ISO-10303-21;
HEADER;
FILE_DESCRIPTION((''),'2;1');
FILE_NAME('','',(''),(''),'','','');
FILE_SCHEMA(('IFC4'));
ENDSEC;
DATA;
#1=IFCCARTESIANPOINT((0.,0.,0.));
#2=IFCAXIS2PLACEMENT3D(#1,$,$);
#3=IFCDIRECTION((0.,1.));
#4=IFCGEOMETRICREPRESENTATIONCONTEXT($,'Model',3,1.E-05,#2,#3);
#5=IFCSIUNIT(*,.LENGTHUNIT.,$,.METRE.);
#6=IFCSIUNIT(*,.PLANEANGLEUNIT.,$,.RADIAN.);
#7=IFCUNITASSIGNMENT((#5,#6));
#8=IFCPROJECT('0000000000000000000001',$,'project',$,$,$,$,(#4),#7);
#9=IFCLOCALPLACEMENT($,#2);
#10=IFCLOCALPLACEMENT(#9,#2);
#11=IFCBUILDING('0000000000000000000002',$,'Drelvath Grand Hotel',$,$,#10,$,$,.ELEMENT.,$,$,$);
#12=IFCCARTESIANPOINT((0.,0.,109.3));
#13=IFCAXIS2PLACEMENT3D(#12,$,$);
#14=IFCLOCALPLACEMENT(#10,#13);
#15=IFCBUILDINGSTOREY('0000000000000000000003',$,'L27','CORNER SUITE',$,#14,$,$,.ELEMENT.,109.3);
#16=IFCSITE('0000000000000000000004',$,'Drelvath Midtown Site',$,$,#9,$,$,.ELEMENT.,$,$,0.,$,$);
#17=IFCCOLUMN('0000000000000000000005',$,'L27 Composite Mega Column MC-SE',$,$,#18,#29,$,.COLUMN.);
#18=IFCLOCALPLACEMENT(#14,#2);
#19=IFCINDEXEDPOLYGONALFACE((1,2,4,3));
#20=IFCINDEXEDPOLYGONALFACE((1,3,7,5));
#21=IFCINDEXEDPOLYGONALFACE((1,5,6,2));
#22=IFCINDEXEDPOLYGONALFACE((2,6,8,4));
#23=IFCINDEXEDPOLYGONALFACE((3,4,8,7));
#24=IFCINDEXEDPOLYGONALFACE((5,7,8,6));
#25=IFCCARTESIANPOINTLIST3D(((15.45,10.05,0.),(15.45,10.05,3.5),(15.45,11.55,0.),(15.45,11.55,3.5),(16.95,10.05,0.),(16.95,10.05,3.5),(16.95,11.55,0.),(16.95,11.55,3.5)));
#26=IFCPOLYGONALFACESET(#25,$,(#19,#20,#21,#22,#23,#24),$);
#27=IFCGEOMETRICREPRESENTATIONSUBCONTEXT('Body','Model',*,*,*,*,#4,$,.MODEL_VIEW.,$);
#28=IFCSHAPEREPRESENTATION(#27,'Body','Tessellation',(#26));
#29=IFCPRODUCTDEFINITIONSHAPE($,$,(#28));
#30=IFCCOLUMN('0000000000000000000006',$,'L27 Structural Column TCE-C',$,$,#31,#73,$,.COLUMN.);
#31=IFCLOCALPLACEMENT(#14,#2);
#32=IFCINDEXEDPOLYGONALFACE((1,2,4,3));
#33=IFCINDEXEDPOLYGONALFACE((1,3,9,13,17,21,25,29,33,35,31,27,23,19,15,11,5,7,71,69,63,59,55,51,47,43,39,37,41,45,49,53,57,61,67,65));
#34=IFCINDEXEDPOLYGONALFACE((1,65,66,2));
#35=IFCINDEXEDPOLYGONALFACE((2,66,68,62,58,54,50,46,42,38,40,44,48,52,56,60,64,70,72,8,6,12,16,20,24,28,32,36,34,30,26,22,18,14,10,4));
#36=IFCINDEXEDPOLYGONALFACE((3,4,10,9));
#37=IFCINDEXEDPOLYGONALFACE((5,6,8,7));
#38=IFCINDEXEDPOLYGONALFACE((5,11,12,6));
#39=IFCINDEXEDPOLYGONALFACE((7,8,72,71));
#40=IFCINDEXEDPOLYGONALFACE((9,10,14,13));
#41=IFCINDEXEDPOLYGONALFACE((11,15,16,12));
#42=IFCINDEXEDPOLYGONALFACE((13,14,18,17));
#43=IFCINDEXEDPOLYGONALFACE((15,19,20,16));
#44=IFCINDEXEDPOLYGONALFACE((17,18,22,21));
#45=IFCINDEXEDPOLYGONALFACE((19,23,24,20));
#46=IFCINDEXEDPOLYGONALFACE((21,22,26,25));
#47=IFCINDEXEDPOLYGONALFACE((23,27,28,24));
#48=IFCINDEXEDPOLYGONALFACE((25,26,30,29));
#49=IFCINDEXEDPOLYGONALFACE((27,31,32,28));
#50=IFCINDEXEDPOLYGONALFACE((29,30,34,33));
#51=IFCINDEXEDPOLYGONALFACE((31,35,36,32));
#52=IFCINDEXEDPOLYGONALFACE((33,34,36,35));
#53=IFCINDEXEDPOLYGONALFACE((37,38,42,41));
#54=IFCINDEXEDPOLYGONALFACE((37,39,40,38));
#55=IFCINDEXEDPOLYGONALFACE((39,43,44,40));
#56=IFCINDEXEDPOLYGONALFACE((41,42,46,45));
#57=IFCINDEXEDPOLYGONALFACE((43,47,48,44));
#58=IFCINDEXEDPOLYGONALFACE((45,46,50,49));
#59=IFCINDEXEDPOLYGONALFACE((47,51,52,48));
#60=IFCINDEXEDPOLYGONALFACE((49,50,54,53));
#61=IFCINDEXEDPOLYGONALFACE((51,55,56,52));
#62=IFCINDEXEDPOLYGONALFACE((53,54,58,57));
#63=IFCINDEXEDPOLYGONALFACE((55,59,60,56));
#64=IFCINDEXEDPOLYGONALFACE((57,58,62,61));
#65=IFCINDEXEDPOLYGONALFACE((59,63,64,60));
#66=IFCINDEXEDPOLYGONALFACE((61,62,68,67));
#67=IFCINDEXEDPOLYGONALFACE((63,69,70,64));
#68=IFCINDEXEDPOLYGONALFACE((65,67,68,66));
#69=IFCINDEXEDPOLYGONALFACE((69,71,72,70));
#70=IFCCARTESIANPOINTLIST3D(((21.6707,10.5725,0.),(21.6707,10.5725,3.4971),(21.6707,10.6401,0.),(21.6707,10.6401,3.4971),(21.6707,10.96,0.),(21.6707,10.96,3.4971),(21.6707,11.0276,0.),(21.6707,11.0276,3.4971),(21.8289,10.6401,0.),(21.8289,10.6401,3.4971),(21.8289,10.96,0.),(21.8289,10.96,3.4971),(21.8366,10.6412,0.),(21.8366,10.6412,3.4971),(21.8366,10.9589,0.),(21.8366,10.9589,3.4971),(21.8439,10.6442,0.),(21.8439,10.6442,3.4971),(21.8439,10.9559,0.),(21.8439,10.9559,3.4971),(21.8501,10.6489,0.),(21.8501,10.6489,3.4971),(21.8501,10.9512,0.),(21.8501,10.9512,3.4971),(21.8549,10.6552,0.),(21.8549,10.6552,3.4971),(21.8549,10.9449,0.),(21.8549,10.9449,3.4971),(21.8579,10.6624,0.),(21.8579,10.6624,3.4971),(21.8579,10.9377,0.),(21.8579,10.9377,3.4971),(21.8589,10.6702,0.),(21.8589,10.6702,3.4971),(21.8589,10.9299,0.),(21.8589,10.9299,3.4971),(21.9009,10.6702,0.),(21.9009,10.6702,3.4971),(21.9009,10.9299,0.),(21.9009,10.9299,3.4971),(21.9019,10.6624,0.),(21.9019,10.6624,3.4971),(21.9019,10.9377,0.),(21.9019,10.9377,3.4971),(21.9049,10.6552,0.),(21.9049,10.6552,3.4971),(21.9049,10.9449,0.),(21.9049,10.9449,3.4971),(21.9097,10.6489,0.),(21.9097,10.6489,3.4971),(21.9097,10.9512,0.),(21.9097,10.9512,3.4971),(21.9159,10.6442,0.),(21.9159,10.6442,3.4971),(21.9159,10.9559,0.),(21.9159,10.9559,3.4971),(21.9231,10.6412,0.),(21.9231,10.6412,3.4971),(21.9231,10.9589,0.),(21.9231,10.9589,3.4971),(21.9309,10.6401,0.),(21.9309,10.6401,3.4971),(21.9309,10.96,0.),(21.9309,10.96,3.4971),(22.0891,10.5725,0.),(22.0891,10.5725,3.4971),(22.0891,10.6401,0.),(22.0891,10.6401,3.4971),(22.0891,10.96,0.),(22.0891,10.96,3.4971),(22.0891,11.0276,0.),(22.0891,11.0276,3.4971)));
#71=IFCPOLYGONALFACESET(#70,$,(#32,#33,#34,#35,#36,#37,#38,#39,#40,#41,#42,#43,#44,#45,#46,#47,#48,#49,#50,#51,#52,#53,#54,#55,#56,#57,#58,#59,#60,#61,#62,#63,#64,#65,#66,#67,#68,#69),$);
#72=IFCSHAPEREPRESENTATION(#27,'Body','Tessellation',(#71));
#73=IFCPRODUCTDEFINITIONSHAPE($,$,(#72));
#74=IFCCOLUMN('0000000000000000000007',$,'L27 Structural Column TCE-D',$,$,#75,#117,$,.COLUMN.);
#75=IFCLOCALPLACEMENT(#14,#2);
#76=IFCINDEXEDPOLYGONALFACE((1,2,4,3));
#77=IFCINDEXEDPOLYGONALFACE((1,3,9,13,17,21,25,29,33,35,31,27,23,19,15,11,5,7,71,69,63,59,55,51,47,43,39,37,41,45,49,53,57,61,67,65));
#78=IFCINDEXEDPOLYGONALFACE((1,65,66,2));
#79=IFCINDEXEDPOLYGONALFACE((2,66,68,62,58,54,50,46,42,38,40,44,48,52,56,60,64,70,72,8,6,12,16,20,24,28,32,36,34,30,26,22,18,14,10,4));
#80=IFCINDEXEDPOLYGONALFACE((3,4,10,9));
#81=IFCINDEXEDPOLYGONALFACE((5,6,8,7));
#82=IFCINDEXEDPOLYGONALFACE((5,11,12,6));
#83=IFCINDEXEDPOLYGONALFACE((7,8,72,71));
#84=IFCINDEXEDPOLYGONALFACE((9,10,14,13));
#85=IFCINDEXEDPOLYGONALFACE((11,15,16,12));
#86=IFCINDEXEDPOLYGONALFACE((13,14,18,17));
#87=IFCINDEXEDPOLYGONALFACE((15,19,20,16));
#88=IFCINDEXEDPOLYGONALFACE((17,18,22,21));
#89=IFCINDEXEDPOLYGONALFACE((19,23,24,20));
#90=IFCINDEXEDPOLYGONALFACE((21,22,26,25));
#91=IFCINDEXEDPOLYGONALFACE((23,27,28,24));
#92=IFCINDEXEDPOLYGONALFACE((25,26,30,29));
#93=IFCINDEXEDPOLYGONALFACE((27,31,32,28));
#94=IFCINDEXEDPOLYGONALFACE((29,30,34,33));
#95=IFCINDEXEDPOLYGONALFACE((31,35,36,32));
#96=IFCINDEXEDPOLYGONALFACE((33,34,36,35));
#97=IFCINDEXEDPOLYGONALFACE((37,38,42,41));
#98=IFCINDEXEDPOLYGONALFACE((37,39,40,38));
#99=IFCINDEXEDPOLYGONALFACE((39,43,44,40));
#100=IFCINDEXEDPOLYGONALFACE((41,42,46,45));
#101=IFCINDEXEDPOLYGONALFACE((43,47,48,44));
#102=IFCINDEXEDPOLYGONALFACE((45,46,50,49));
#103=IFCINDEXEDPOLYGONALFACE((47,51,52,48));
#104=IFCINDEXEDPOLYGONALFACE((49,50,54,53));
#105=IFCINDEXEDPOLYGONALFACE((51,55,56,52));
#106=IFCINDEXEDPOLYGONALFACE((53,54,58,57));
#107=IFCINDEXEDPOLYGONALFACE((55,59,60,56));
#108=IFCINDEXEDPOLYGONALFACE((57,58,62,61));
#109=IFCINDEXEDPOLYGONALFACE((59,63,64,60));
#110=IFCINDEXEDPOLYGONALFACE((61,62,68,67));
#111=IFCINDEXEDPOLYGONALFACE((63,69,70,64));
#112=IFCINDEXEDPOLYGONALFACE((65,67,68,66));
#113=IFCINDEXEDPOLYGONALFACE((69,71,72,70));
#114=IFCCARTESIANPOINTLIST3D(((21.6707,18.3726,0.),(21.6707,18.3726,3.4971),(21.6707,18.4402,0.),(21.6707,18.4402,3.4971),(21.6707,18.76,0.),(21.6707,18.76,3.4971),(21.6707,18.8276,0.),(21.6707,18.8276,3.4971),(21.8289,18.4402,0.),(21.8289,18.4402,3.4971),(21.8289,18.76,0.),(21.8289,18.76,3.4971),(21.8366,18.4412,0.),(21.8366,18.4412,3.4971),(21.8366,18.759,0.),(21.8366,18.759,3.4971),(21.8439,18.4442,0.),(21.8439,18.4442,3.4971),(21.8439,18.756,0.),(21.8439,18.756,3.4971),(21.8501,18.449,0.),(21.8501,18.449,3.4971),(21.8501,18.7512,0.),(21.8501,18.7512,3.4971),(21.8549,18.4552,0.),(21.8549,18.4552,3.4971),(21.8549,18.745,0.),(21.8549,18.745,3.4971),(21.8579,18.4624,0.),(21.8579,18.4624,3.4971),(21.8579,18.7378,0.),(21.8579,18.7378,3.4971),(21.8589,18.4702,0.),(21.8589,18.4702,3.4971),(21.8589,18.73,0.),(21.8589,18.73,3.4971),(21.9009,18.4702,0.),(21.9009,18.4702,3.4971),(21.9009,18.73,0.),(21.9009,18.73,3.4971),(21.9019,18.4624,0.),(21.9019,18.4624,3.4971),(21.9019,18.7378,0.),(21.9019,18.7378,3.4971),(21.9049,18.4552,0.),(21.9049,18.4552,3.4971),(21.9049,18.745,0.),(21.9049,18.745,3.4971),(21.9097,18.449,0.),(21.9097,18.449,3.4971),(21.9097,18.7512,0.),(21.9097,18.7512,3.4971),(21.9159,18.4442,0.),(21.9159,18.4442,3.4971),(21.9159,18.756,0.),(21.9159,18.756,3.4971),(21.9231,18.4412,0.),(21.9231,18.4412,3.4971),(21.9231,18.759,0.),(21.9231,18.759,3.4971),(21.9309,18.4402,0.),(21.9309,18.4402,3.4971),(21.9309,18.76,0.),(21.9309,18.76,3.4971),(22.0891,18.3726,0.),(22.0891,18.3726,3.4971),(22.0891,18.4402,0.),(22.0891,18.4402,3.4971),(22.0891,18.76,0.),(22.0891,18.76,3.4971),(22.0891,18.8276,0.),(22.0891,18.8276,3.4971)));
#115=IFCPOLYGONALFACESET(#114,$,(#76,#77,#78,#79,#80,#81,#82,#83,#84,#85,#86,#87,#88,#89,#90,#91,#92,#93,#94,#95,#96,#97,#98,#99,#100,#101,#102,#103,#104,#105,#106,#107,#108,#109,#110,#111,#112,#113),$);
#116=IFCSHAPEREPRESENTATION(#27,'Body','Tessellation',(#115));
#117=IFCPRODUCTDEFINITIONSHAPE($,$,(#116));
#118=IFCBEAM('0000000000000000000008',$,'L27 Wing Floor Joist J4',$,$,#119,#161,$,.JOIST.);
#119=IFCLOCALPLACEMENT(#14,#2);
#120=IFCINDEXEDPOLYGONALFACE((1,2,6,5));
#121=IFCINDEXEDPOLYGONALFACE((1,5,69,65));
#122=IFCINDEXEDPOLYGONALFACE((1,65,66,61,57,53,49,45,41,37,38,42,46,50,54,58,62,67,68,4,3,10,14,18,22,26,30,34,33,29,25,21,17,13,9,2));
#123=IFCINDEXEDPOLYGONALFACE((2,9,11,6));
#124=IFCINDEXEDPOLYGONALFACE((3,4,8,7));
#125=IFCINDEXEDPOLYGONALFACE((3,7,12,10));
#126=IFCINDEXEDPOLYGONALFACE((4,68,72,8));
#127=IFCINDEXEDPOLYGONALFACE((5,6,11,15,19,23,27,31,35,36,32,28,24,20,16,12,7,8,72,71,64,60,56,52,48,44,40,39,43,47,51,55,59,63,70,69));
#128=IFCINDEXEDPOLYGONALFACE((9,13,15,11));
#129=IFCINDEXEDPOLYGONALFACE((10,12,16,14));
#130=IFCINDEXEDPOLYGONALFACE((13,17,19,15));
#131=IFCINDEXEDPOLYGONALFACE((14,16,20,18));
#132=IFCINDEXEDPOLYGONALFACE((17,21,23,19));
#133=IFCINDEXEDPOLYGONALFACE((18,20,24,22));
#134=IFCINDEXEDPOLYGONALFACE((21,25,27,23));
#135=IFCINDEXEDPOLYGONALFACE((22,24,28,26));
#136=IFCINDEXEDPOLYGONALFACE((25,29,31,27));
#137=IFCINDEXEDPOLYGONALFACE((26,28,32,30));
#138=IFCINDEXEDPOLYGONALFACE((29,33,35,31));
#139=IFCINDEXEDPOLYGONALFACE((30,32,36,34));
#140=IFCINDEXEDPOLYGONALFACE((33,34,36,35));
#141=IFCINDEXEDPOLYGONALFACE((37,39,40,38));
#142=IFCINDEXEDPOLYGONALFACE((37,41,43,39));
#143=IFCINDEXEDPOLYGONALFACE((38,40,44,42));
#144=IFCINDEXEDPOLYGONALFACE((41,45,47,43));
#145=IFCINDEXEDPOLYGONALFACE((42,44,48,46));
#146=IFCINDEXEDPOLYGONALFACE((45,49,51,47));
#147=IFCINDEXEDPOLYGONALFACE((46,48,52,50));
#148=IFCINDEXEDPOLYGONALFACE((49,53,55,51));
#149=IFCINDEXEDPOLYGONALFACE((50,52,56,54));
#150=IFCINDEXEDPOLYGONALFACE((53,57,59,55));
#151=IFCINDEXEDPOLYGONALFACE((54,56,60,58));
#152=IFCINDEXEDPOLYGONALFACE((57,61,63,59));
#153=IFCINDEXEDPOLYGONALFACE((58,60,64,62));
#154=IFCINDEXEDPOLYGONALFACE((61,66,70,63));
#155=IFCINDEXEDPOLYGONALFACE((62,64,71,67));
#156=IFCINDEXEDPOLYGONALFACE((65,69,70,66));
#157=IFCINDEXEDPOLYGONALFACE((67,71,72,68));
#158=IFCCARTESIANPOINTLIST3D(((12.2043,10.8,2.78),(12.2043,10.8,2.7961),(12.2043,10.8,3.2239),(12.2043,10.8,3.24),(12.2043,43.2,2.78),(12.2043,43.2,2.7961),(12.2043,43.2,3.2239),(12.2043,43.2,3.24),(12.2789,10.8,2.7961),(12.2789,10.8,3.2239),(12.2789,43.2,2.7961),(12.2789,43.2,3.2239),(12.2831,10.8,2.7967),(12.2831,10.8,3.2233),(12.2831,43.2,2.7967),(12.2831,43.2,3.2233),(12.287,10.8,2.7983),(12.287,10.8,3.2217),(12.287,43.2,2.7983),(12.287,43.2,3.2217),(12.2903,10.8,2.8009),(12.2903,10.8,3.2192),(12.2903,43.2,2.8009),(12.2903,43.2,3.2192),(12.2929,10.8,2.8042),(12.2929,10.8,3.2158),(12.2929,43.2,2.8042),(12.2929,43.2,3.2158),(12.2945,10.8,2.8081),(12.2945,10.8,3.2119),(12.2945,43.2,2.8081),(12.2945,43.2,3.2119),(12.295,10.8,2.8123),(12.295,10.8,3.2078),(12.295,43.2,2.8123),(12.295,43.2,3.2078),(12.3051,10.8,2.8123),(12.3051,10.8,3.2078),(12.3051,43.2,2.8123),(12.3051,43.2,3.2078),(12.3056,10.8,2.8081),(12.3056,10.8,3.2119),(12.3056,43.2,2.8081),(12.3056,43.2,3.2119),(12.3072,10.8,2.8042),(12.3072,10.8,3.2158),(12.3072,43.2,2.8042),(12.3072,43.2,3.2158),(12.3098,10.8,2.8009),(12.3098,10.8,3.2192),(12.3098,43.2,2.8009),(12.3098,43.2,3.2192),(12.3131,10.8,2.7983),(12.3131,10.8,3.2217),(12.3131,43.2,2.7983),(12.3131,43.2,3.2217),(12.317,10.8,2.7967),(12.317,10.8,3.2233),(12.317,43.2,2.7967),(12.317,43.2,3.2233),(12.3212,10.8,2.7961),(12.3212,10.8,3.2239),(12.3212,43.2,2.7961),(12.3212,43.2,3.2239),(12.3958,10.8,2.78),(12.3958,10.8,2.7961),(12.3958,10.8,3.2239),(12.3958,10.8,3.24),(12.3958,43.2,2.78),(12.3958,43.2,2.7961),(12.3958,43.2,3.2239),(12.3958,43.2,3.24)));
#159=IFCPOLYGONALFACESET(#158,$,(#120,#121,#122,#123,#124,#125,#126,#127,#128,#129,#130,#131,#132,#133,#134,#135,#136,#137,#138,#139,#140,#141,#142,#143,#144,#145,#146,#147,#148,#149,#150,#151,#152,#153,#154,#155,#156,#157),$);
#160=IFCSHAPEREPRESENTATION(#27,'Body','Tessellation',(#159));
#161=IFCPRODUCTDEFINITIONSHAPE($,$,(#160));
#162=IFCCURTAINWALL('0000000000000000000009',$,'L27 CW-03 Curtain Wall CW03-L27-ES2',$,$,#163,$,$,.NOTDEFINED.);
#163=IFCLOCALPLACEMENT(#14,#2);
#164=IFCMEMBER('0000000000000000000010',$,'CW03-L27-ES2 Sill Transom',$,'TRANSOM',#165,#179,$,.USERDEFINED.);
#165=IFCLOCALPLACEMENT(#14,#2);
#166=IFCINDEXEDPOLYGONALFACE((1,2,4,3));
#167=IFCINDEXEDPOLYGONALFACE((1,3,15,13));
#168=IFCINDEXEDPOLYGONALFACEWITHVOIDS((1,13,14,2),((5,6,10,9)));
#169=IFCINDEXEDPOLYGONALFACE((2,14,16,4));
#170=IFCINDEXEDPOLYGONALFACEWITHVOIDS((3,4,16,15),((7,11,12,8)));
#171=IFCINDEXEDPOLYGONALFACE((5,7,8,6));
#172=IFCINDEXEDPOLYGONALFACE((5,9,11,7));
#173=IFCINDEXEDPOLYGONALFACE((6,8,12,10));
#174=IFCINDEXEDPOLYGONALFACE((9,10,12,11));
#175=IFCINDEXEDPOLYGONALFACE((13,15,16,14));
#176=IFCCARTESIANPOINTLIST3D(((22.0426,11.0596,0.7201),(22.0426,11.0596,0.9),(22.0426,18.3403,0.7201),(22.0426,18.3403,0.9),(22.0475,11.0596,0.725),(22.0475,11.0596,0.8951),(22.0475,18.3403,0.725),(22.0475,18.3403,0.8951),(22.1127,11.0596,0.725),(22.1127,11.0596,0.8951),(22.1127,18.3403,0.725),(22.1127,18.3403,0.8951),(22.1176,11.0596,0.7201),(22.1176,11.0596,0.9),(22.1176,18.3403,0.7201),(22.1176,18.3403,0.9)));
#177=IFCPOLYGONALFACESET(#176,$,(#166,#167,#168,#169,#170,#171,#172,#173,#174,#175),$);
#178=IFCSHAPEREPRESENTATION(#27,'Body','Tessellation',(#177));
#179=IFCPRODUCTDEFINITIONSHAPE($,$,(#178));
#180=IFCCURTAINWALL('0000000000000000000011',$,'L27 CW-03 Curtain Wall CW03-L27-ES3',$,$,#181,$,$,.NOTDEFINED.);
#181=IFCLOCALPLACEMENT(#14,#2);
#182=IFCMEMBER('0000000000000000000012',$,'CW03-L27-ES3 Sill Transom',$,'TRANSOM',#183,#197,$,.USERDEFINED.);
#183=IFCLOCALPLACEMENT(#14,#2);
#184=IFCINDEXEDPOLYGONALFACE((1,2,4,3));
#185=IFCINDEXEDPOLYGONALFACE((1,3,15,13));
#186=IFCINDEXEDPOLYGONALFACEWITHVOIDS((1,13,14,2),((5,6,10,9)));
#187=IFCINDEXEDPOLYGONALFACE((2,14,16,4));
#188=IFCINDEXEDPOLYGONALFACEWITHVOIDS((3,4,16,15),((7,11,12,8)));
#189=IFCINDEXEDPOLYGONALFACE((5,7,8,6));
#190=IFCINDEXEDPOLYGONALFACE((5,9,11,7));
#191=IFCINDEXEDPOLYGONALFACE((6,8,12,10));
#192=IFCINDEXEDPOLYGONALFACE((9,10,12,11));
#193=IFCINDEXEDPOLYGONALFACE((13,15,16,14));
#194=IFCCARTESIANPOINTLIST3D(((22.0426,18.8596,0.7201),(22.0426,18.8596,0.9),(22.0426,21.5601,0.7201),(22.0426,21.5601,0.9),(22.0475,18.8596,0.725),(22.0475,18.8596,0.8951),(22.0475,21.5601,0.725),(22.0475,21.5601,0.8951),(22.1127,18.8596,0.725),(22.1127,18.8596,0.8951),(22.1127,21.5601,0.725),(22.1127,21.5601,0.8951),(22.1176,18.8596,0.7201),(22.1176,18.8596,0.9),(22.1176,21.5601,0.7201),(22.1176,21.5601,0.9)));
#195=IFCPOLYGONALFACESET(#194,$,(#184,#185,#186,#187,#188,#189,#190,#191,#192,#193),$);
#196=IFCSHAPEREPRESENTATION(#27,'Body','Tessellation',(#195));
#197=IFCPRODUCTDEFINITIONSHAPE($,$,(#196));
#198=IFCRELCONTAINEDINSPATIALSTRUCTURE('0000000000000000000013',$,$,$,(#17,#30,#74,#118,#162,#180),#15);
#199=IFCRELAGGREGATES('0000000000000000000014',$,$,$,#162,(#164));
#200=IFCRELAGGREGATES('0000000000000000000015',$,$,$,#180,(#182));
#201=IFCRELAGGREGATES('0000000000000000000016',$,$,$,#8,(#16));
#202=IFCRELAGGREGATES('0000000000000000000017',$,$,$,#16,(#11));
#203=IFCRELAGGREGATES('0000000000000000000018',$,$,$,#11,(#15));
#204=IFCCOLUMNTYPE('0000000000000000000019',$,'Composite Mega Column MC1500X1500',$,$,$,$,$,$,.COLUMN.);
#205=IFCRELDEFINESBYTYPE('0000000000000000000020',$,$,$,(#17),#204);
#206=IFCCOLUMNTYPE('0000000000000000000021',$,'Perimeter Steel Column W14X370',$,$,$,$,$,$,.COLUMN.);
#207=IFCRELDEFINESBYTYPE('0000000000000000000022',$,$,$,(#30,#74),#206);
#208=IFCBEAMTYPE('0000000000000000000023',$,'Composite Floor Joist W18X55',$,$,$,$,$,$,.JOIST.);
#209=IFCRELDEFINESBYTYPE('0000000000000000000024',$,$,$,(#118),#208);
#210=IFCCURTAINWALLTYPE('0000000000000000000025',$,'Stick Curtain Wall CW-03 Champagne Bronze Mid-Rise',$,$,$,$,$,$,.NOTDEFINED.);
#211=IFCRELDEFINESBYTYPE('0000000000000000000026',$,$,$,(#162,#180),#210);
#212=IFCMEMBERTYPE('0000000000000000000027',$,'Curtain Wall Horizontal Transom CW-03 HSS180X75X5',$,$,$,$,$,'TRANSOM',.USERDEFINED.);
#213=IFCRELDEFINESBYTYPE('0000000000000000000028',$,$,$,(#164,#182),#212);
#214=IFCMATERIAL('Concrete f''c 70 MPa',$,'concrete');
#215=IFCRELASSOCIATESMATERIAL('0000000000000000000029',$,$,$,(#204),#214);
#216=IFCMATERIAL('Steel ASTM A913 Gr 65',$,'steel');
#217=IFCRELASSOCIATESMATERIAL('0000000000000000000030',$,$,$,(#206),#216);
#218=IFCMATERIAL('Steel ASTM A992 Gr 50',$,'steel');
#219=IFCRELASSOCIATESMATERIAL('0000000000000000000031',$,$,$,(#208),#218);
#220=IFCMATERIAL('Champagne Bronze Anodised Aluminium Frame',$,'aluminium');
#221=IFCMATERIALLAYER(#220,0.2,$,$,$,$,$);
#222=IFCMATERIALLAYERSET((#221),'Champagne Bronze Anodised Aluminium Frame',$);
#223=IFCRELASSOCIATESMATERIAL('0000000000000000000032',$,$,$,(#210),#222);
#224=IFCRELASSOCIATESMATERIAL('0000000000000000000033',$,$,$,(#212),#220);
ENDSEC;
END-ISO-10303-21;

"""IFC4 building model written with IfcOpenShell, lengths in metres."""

from ifc_helpers import new_model, si_unit, direction, frame, origin, origin_2d, place, context, subcontext, project, spatial, rectangle, hollow_rectangle, i_section, extrude, material, layer, layer_set, material_profile, profile_set, type_object, element, aggregate, save


model = new_model("IFC4")

# Units and contexts
model_context = context("Model", 3, precision=1e-05, world=origin(), true_north=direction((0.0, 1.0)))
body_context = subcontext(model_context, "Body", "Model", "MODEL_VIEW")
ifc_project = project(units=[si_unit("LENGTHUNIT", "METRE"), si_unit("PLANEANGLEUNIT", "RADIAN")], contexts=[model_context])

# Site, building, storey
site_placement = place(None, origin())
site = spatial("IfcSite", under=ifc_project, at=site_placement, Name="Drelvath Midtown Site", CompositionType="ELEMENT", RefElevation=0.0)
building_placement = place(site_placement, origin())
building = spatial("IfcBuilding", under=site, at=building_placement, Name="Drelvath Grand Hotel", CompositionType="ELEMENT")
storey_placement = place(building_placement, frame((0.0, 0.0, 109.3)))
storey = spatial("IfcBuildingStorey", under=building, at=storey_placement, Name="L27", Description="CORNER SUITE", CompositionType="ELEMENT", Elevation=109.3)

# Columns
ifc_material_1 = material(Name="Concrete f'c 70 MPa", Category="concrete")
ifc_material_profile_1 = material_profile(ifc_material_1, rectangle(XDim=1.5, YDim=1.5, at=origin_2d()), Name="MC1500X1500")
ifc_profile_set_1 = profile_set([ifc_material_profile_1], Name="Concrete f'c 70 MPa")
column_type_1 = type_object("IfcColumnType", Name="Composite Mega Column MC1500X1500", PredefinedType="COLUMN", material=ifc_profile_set_1)
column_placement = place(storey_placement, frame((16.2, 10.8, 0.0), z_axis=(0.0, 0.0, 1.0), x_axis=(1.0, 0.0, 0.0)))
element("IfcColumn", 1, at=column_placement, inside=storey, type_object=column_type_1, Name="L27 Composite Mega Column MC-SE", PredefinedType="COLUMN", context=body_context, shape_type="SweptSolid", body=[
    extrude(rectangle(XDim=1.5, YDim=1.5, at=origin_2d()), origin(), (0.0, 0.0, 1.0), 3.5),
])
ifc_material_2 = material(Name="Steel ASTM A913 Gr 65", Category="steel")
ifc_material_profile_2 = material_profile(ifc_material_2, i_section(OverallWidth=0.4185, OverallDepth=0.4551, WebThickness=0.042, FlangeThickness=0.0676, FilletRadius=0.03, at=origin_2d()), Name="W14X370")
ifc_profile_set_2 = profile_set([ifc_material_profile_2], Name="Steel ASTM A913 Gr 65")
column_type_2 = type_object("IfcColumnType", Name="Perimeter Steel Column W14X370", PredefinedType="COLUMN", material=ifc_profile_set_2)
for number, where, z_axis, x_axis, name in (
    (2, (21.8799, 10.8, 0.0), (0.0, 0.0, 1.0), (1.0, 0.0, 0.0), "L27 Structural Column TCE-C"),
    (3, (21.8799, 18.6001, 0.0), (0.0, 0.0, 1.0), (1.0, 0.0, 0.0), "L27 Structural Column TCE-D"),
):
    element("IfcColumn", number, at=place(storey_placement, frame(where, z_axis=z_axis, x_axis=x_axis)), inside=storey, type_object=column_type_2, Name=name, PredefinedType="COLUMN", context=body_context, shape_type="SweptSolid", body=[
        extrude(i_section(OverallWidth=0.4185, OverallDepth=0.4551, WebThickness=0.042, FlangeThickness=0.0676, FilletRadius=0.03, at=origin_2d()), origin(), (0.0, 0.0, 1.0), 3.4971),
    ])

# Beam
ifc_material_3 = material(Name="Steel ASTM A992 Gr 50", Category="steel")
ifc_material_profile_3 = material_profile(ifc_material_3, i_section(OverallWidth=0.1914, OverallDepth=0.46, WebThickness=0.01, FlangeThickness=0.0161, FilletRadius=0.0161, at=origin_2d()), Name="W18X55")
ifc_profile_set_3 = profile_set([ifc_material_profile_3], Name="Steel ASTM A992 Gr 50")
beam_type_1 = type_object("IfcBeamType", Name="Composite Floor Joist W18X55", PredefinedType="JOIST", material=ifc_profile_set_3)
beam_1_placement = place(storey_placement, frame((12.3, 10.8, 3.01), z_axis=(0.0, 1.0, 0.0), x_axis=(-1.0, 0.0, 0.0)))
element("IfcBeam", 4, at=beam_1_placement, inside=storey, type_object=beam_type_1, Name="L27 Wing Floor Joist J4", PredefinedType="JOIST", context=body_context, shape_type="SweptSolid", body=[
    extrude(i_section(OverallWidth=0.1914, OverallDepth=0.46, WebThickness=0.01, FlangeThickness=0.0161, FilletRadius=0.0161, at=origin_2d()), origin(), (0.0, 0.0, 1.0), 32.3999),
])

# Curtain walls, members
ifc_material_4 = material(Name="Champagne Bronze Anodised Aluminium Frame", Category="aluminium")
ifc_layer_1 = layer(ifc_material_4, 0.2)
ifc_layer_set_1 = layer_set([ifc_layer_1], Name="Champagne Bronze Anodised Aluminium Frame")
curtain_wall_type = type_object("IfcCurtainWallType", Name="Stick Curtain Wall CW-03 Champagne Bronze Mid-Rise", PredefinedType="NOTDEFINED", material=ifc_layer_set_1)
curtain_wall_1_placement = place(storey_placement, origin())
curtain_wall_1 = element("IfcCurtainWall", 5, at=curtain_wall_1_placement, inside=storey, type_object=curtain_wall_type, Name="L27 CW-03 Curtain Wall CW03-L27-ES2", PredefinedType="NOTDEFINED")
ifc_material_profile_4 = material_profile(ifc_material_4, hollow_rectangle(XDim=0.075, YDim=0.1799, WallThickness=0.0049, at=origin_2d()), Name="HSS180X75X5")
ifc_profile_set_4 = profile_set([ifc_material_profile_4], Name="Champagne Bronze Anodised Aluminium Frame")
member_type_1 = type_object("IfcMemberType", Name="Curtain Wall Horizontal Transom CW-03 HSS180X75X5", ElementType="TRANSOM", PredefinedType="USERDEFINED", material=ifc_profile_set_4)
member_1_placement = place(storey_placement, frame((22.0801, 18.3403, 0.8101), z_axis=(0.0, -1.0, 0.0), x_axis=(1.0, 0.0, 0.0)))
member_1 = element("IfcMember", 6, at=member_1_placement, type_object=member_type_1, Name="CW03-L27-ES2 Sill Transom", ObjectType="TRANSOM", PredefinedType="USERDEFINED", context=body_context, shape_type="SweptSolid", body=[
    extrude(hollow_rectangle(XDim=0.075, YDim=0.1799, WallThickness=0.0049, at=origin_2d()), origin(), (0.0, 0.0, 1.0), 7.2808),
])
curtain_wall_2_placement = place(storey_placement, origin())
curtain_wall_2 = element("IfcCurtainWall", 7, at=curtain_wall_2_placement, inside=storey, type_object=curtain_wall_type, Name="L27 CW-03 Curtain Wall CW03-L27-ES3", PredefinedType="NOTDEFINED")
member_2_placement = place(storey_placement, frame((22.0801, 21.5601, 0.8101), z_axis=(0.0, -1.0, 0.0), x_axis=(1.0, 0.0, 0.0)))
member_2 = element("IfcMember", 8, at=member_2_placement, type_object=member_type_1, Name="CW03-L27-ES3 Sill Transom", ObjectType="TRANSOM", PredefinedType="USERDEFINED", context=body_context, shape_type="SweptSolid", body=[
    extrude(hollow_rectangle(XDim=0.075, YDim=0.1799, WallThickness=0.0049, at=origin_2d()), origin(), (0.0, 0.0, 1.0), 2.7004),
])

aggregate(curtain_wall_1, [member_1])
aggregate(curtain_wall_2, [member_2])

save(model, "model.ifc")
